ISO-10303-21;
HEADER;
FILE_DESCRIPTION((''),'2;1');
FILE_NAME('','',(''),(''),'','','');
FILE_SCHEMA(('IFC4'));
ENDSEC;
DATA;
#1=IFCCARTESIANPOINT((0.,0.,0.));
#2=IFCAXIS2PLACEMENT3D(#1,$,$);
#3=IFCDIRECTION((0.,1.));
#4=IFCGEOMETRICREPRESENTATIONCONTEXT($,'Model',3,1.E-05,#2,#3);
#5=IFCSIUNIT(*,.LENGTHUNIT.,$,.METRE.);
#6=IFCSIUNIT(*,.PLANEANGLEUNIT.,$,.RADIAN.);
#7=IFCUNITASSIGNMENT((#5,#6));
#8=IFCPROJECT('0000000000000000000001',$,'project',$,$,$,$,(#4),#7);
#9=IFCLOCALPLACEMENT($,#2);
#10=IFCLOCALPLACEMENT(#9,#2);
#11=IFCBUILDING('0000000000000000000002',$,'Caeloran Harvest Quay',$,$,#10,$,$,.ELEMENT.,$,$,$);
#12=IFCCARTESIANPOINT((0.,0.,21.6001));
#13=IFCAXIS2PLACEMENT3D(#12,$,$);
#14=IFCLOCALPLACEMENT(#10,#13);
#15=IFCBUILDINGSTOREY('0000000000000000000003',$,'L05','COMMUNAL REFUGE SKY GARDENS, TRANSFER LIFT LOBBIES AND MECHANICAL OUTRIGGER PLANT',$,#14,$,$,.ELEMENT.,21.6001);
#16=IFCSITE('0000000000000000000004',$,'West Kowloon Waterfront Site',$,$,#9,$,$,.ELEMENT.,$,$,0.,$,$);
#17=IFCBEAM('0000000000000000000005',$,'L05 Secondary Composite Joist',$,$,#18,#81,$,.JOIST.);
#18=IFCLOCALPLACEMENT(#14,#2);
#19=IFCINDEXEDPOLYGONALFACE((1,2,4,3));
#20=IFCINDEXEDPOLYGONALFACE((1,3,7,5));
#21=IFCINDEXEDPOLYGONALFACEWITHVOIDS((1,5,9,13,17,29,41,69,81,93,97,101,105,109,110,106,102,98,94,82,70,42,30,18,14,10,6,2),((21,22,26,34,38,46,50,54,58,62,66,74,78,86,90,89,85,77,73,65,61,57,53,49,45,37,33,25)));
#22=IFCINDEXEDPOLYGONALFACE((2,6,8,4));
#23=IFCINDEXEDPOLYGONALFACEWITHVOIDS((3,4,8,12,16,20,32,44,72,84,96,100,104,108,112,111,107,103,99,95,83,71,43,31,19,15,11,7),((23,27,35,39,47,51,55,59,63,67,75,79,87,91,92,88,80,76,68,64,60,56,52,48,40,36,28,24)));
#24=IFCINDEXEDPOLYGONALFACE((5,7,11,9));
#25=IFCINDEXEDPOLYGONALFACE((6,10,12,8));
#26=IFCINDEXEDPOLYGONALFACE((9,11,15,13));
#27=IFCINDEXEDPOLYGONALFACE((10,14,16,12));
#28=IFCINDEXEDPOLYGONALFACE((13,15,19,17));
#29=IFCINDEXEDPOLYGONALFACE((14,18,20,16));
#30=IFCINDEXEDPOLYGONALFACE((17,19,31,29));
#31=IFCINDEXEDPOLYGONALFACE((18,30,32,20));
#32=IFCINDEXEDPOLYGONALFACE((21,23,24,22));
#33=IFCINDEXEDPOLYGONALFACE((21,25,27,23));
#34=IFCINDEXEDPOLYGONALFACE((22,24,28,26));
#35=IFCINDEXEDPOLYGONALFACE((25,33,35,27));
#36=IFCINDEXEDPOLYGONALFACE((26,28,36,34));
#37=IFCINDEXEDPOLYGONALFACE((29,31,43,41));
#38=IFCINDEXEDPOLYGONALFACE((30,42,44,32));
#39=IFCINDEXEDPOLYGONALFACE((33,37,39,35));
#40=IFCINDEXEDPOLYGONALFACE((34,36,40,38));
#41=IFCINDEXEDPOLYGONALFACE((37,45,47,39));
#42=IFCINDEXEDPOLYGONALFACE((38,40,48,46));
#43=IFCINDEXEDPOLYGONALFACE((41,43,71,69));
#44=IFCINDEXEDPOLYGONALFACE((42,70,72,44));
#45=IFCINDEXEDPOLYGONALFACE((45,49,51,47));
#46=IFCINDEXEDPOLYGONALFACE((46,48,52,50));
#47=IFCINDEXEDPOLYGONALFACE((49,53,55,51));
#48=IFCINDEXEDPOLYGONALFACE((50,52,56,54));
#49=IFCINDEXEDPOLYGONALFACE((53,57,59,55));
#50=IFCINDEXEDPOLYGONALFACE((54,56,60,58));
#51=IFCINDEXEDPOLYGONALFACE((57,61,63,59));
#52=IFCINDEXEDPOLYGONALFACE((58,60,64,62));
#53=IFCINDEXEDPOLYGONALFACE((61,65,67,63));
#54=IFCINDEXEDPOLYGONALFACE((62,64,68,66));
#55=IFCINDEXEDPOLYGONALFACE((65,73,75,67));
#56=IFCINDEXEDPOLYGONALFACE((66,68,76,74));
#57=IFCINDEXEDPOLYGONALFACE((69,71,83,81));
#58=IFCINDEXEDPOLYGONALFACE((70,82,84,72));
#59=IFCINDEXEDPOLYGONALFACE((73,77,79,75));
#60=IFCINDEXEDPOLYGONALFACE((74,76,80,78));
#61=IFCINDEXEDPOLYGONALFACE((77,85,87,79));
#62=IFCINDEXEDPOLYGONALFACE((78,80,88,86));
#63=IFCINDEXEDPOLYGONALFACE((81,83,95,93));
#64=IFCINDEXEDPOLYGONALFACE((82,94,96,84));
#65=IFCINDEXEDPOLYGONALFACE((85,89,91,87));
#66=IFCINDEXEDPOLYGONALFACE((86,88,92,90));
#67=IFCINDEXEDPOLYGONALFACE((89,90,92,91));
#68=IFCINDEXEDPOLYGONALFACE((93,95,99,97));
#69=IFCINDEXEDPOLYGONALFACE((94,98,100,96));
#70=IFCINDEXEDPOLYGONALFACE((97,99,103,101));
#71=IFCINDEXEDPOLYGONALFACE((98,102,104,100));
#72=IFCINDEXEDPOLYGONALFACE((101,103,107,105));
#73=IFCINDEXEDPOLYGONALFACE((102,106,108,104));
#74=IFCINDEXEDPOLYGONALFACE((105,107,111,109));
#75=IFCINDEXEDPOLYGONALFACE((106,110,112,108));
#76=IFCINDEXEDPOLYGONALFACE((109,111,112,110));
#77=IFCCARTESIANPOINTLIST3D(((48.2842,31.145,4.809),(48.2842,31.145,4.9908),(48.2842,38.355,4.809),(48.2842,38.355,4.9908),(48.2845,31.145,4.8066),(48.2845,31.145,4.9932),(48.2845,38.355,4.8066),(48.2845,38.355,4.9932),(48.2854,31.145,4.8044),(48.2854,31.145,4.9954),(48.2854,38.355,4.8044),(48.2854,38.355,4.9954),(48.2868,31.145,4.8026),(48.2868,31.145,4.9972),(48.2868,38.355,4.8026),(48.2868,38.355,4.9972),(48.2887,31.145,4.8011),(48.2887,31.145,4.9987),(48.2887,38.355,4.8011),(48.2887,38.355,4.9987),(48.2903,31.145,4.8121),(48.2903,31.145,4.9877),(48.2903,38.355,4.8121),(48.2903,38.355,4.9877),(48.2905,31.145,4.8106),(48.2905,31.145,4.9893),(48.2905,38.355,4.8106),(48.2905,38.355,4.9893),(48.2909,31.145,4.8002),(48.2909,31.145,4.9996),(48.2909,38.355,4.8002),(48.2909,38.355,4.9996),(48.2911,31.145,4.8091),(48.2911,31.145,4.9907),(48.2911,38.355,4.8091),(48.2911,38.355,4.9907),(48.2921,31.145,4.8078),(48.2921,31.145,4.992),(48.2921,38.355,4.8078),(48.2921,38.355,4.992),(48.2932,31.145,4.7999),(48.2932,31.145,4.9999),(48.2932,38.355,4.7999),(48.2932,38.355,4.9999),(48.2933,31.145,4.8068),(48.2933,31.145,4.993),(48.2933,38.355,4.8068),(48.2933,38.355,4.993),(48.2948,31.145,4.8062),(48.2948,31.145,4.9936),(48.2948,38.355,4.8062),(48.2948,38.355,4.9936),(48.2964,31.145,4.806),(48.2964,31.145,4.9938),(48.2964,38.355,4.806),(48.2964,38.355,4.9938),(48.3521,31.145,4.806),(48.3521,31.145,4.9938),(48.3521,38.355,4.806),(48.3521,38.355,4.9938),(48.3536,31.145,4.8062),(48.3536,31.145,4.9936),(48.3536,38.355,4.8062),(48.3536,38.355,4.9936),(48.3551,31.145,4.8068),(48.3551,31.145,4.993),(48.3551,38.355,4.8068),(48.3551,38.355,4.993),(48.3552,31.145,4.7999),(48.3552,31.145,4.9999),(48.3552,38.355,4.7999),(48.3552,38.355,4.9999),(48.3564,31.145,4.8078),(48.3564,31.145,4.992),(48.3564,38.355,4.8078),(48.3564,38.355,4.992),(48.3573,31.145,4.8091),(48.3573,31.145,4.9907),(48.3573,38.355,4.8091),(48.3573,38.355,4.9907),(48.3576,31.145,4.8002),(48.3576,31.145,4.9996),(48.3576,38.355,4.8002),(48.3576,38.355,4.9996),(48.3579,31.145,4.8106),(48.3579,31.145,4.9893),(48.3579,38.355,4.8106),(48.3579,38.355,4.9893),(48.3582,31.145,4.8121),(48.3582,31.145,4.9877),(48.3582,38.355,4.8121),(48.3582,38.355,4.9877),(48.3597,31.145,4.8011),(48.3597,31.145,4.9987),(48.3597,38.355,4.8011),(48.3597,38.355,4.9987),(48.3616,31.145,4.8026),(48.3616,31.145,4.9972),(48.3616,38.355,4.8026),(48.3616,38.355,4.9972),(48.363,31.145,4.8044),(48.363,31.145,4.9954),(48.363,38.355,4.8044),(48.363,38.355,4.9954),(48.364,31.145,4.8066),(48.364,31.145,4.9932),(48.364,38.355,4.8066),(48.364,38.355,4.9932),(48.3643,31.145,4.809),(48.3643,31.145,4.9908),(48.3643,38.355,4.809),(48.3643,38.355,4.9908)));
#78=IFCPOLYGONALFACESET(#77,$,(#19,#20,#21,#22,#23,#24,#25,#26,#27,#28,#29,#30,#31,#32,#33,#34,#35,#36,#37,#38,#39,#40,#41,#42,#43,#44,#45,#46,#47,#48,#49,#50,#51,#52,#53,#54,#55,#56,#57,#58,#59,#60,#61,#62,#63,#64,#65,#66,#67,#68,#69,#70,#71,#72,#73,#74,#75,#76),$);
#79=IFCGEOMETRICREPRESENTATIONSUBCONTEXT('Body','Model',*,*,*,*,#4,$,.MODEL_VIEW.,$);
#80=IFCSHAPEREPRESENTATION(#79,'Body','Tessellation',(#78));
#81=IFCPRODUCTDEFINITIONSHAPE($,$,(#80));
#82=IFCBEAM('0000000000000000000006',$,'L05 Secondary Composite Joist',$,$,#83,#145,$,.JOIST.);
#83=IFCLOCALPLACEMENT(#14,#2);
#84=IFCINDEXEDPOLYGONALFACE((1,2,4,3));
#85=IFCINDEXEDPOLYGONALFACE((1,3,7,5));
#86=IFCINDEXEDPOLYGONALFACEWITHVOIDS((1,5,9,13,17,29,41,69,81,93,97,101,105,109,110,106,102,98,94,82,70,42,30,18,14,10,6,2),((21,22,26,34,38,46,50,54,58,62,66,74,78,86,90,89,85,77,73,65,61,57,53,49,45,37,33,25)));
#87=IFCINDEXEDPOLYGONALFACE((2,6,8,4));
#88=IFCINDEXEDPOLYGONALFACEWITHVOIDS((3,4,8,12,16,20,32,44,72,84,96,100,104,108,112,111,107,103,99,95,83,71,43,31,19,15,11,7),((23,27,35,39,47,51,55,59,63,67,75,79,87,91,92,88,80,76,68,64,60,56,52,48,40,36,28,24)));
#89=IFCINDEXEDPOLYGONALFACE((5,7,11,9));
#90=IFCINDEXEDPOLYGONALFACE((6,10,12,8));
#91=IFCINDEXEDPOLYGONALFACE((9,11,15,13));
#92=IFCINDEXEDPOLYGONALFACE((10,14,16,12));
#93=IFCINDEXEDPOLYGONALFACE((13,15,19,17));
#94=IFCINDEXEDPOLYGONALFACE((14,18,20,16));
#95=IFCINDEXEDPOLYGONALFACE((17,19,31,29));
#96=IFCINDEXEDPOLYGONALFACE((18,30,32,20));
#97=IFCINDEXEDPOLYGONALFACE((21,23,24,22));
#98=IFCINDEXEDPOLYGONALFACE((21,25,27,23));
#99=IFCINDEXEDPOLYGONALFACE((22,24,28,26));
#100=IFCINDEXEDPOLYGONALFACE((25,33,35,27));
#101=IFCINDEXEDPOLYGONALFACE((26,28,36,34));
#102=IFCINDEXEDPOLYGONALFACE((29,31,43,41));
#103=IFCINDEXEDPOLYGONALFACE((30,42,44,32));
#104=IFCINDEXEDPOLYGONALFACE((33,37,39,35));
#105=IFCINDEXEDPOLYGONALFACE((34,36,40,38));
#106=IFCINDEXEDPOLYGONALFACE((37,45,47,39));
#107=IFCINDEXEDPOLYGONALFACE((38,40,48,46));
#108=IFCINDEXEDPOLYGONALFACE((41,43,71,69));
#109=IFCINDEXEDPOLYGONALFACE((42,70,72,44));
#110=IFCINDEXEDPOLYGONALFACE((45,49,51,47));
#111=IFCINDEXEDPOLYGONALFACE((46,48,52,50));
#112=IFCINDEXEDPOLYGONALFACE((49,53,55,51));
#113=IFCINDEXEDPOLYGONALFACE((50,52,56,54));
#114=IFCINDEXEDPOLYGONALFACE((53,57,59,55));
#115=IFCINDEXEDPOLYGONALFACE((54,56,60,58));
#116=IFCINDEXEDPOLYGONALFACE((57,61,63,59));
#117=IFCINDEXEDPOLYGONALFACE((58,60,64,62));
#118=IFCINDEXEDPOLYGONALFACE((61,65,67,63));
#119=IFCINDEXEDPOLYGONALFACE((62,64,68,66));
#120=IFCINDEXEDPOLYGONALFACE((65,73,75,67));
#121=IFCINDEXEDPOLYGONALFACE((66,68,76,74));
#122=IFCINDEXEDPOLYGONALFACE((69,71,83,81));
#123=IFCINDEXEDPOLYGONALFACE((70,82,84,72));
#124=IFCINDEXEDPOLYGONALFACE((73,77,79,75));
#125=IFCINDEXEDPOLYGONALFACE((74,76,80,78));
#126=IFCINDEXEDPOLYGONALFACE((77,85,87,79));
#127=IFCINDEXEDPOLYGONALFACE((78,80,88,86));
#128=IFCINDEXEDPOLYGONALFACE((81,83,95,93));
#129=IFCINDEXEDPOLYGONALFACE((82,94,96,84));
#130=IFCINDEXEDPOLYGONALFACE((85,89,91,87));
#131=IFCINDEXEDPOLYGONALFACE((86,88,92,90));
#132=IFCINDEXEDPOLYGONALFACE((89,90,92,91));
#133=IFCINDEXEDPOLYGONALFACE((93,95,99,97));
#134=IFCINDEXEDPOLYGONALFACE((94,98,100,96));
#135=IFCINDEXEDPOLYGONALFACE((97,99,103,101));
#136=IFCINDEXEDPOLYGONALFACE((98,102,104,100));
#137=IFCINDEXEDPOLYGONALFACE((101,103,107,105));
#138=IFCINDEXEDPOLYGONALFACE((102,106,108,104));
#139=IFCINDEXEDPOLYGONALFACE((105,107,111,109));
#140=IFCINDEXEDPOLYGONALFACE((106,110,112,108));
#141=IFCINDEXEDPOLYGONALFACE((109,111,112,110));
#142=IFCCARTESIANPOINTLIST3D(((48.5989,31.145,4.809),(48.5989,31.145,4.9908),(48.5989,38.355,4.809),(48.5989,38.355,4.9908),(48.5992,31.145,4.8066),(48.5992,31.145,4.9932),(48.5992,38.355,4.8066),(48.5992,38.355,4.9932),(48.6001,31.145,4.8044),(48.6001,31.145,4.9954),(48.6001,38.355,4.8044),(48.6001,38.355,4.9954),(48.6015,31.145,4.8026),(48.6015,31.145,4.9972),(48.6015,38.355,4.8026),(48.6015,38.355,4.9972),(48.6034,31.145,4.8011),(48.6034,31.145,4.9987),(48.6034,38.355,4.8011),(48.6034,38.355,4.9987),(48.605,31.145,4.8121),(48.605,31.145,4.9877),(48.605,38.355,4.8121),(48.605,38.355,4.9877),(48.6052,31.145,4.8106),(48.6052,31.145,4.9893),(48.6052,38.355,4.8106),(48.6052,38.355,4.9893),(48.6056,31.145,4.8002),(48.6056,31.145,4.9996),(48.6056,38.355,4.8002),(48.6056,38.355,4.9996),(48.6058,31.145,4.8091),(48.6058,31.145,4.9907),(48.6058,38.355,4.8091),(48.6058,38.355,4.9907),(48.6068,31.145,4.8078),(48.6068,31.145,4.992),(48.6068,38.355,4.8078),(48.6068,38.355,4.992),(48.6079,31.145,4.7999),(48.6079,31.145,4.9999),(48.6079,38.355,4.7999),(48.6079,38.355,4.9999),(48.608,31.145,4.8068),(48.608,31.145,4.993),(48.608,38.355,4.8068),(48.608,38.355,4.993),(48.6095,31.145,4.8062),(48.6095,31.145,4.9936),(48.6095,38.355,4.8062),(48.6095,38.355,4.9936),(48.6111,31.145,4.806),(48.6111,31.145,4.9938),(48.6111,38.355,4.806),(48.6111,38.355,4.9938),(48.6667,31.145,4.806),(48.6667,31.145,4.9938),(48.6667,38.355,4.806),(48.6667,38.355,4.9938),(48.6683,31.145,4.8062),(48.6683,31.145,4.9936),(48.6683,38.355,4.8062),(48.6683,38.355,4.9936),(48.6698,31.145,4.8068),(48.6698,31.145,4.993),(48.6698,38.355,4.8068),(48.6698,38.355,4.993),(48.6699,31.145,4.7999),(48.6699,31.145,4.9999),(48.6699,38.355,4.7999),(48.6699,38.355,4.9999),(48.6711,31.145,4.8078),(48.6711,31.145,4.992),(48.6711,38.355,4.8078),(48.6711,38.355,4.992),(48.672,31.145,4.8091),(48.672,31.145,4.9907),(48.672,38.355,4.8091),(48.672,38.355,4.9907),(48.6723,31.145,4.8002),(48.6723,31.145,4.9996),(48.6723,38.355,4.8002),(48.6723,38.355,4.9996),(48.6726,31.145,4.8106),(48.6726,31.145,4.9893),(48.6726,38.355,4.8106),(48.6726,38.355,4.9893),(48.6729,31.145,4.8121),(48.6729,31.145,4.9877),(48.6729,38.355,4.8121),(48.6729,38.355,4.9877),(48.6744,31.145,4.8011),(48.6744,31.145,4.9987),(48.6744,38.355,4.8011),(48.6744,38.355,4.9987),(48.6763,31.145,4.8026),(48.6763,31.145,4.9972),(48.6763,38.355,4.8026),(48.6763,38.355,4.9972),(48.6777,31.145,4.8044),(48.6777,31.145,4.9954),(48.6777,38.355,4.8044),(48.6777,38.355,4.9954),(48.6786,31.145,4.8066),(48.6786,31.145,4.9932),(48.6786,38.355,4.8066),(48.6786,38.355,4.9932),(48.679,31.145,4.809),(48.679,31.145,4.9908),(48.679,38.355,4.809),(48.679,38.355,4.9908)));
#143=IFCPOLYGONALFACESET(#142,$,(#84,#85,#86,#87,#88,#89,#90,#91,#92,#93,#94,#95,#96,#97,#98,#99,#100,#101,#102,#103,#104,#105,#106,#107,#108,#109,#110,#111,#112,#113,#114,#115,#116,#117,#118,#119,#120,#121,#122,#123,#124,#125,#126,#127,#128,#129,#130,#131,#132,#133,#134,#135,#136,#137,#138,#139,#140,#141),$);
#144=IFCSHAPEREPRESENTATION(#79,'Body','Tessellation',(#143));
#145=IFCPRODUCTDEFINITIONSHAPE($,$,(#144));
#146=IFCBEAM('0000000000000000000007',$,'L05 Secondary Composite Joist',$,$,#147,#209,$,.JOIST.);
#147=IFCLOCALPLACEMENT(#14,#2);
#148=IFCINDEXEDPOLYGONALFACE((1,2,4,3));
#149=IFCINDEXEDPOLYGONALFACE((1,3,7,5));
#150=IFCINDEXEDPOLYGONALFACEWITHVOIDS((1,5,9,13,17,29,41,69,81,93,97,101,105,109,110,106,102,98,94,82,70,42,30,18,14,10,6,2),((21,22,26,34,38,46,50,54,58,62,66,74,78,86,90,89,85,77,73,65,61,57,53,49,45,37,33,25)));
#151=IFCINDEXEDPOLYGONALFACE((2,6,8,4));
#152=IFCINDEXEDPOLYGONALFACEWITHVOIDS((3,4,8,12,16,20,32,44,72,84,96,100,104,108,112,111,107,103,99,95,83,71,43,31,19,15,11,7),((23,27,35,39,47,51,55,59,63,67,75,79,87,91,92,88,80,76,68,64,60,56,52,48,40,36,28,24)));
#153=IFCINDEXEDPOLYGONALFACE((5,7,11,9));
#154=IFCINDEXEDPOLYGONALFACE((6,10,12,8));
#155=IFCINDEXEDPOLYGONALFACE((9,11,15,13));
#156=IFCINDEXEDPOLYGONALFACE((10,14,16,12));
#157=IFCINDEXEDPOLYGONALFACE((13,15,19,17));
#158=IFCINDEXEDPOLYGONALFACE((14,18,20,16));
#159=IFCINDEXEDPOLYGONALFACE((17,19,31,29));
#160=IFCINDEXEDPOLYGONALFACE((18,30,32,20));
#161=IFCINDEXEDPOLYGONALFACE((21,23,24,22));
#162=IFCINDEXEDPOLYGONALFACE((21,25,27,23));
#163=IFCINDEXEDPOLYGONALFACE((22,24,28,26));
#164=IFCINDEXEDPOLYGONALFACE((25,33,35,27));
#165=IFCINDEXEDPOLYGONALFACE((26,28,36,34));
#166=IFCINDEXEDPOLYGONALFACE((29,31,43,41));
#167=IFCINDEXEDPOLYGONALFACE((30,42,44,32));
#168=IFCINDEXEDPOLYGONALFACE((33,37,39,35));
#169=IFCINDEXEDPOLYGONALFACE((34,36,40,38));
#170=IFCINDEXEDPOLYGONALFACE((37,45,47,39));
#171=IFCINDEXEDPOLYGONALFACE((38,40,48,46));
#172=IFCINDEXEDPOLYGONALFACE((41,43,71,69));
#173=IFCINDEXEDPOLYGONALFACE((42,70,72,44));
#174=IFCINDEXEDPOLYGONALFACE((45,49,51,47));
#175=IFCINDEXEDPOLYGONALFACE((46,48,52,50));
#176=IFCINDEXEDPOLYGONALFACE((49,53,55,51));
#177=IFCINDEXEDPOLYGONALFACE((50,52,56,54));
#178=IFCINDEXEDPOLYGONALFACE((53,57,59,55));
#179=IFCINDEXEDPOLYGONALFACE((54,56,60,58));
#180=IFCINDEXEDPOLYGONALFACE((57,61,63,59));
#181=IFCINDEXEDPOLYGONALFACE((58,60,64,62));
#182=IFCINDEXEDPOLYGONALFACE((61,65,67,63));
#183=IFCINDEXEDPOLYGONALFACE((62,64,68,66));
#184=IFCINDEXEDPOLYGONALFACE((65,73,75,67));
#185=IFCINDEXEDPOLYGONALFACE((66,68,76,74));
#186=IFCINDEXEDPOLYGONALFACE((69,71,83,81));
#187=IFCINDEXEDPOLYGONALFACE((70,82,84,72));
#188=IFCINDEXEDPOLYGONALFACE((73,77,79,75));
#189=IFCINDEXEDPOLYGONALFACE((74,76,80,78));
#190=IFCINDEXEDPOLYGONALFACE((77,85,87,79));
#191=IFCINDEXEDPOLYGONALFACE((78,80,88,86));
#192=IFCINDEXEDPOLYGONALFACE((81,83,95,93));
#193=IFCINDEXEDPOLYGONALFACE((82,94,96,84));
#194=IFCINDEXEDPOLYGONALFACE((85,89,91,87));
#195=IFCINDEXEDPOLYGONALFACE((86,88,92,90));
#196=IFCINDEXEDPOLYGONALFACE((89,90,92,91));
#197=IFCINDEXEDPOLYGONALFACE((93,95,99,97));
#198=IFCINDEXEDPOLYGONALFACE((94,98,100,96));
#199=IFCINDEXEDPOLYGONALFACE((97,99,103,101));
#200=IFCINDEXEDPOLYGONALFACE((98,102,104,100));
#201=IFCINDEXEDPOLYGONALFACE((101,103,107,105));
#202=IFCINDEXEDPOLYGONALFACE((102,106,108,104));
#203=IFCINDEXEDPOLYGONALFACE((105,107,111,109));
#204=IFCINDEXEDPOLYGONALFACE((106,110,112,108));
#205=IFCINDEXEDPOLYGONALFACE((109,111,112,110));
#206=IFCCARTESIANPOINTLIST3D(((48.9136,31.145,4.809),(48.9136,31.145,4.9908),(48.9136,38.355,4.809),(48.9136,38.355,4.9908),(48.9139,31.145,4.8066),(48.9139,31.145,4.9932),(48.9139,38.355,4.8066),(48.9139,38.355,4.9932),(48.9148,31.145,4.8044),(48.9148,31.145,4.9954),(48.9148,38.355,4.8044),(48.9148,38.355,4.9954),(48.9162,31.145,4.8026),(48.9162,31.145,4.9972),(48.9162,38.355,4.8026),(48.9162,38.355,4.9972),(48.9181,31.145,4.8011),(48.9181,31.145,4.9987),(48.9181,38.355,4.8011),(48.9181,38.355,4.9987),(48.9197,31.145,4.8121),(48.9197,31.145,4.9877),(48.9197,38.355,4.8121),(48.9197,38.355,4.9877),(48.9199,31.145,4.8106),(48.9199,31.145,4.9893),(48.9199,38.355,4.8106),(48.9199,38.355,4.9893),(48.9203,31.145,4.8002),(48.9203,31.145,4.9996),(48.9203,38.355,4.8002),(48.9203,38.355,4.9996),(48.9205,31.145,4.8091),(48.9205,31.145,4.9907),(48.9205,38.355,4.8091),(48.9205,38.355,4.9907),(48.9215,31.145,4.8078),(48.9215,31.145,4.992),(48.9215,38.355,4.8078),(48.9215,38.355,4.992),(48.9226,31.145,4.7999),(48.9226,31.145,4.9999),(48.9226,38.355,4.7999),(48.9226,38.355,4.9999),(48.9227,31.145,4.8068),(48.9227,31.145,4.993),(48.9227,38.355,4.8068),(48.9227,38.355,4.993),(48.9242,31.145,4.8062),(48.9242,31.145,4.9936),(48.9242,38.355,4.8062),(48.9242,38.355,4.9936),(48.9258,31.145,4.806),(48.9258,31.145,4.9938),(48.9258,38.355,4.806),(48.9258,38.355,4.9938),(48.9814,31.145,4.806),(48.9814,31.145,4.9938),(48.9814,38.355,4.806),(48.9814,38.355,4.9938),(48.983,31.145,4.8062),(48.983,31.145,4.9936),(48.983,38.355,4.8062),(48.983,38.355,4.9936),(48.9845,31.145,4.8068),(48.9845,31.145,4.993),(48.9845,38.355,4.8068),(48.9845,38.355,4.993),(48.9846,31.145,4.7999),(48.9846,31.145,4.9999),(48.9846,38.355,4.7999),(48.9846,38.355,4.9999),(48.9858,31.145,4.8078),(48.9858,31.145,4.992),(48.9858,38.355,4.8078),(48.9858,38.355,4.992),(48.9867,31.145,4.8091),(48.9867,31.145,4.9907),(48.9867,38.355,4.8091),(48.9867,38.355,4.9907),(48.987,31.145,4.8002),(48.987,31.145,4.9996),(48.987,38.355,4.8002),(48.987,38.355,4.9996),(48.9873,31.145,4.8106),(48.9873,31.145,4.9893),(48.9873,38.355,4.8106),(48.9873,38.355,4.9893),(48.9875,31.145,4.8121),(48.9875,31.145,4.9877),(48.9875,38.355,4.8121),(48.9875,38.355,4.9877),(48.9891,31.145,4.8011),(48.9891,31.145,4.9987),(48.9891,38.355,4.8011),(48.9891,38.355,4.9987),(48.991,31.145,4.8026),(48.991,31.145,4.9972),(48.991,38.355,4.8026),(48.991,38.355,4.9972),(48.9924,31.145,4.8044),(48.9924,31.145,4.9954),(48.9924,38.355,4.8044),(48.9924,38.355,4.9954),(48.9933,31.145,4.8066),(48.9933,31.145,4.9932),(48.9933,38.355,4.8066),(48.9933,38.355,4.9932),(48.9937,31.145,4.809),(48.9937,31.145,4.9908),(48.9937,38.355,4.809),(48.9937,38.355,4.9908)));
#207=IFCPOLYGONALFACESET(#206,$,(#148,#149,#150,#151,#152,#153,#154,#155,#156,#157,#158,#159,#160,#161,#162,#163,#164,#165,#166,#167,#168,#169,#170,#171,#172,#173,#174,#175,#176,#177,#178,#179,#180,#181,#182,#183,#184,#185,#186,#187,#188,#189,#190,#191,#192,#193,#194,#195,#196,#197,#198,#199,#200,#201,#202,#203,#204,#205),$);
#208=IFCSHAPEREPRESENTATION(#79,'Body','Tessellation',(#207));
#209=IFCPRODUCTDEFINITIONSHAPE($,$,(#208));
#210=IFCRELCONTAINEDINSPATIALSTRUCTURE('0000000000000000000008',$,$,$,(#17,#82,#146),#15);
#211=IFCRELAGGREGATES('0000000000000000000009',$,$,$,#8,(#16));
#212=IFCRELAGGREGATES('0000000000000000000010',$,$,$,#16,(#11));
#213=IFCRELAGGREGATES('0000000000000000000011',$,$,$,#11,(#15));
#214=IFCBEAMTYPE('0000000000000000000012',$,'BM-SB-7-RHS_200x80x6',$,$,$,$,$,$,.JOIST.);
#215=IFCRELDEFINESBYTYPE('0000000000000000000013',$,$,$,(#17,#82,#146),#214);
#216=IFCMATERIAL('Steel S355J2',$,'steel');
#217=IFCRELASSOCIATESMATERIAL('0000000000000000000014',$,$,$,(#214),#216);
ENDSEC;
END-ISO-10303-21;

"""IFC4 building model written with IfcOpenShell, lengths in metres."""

from ifc_helpers import new_model, si_unit, direction, frame, origin, origin_2d, place, context, subcontext, project, spatial, hollow_rectangle, extrude, material, material_profile, profile_set, type_object, element, save


model = new_model("IFC4")

# Units and contexts
model_context = context("Model", 3, precision=1e-05, world=origin(), true_north=direction((0.0, 1.0)))
body_context = subcontext(model_context, "Body", "Model", "MODEL_VIEW")
ifc_project = project(units=[si_unit("LENGTHUNIT", "METRE"), si_unit("PLANEANGLEUNIT", "RADIAN")], contexts=[model_context])

# Site, building, storey
site_placement = place(None, origin())
site = spatial("IfcSite", under=ifc_project, at=site_placement, Name="West Kowloon Waterfront Site", CompositionType="ELEMENT", RefElevation=0.0)
building_placement = place(site_placement, origin())
building = spatial("IfcBuilding", under=site, at=building_placement, Name="Caeloran Harvest Quay", CompositionType="ELEMENT")
storey_placement = place(building_placement, frame((0.0, 0.0, 21.6001)))
storey = spatial("IfcBuildingStorey", under=building, at=storey_placement, Name="L05", Description="COMMUNAL REFUGE SKY GARDENS, TRANSFER LIFT LOBBIES AND MECHANICAL OUTRIGGER PLANT", CompositionType="ELEMENT", Elevation=21.6001)

# Beams
ifc_material_1 = material(Name="Steel S355J2", Category="steel")
ifc_material_profile_1 = material_profile(ifc_material_1, hollow_rectangle(XDim=0.0801, YDim=0.2, WallThickness=0.0061, InnerFilletRadius=0.0061, OuterFilletRadius=0.009, at=origin_2d()), Name="RHS 200x80x6")
ifc_profile_set_1 = profile_set([ifc_material_profile_1], Name="Steel S355J2")
beam_type_1 = type_object("IfcBeamType", Name="BM-SB-7-RHS_200x80x6", PredefinedType="JOIST", material=ifc_profile_set_1)
for number, where, z_axis, x_axis, name in (
    (1, (48.3242, 31.145, 4.8999), (0.0, 1.0, 0.0), (-1.0, 0.0, 0.0), "L05 Secondary Composite Joist"),
    (2, (48.6389, 31.145, 4.8999), (0.0, 1.0, 0.0), (-1.0, 0.0, 0.0), "L05 Secondary Composite Joist"),
    (3, (48.9536, 31.145, 4.8999), (0.0, 1.0, 0.0), (-1.0, 0.0, 0.0), "L05 Secondary Composite Joist"),
):
    element("IfcBeam", number, at=place(storey_placement, frame(where, z_axis=z_axis, x_axis=x_axis)), inside=storey, type_object=beam_type_1, Name=name, PredefinedType="JOIST", context=body_context, shape_type="SweptSolid", body=[
        extrude(hollow_rectangle(XDim=0.0801, YDim=0.2, WallThickness=0.0061, InnerFilletRadius=0.0061, OuterFilletRadius=0.009, at=origin_2d()), origin(), (0.0, 0.0, 1.0), 7.21),
    ])

save(model, "model.ifc")
